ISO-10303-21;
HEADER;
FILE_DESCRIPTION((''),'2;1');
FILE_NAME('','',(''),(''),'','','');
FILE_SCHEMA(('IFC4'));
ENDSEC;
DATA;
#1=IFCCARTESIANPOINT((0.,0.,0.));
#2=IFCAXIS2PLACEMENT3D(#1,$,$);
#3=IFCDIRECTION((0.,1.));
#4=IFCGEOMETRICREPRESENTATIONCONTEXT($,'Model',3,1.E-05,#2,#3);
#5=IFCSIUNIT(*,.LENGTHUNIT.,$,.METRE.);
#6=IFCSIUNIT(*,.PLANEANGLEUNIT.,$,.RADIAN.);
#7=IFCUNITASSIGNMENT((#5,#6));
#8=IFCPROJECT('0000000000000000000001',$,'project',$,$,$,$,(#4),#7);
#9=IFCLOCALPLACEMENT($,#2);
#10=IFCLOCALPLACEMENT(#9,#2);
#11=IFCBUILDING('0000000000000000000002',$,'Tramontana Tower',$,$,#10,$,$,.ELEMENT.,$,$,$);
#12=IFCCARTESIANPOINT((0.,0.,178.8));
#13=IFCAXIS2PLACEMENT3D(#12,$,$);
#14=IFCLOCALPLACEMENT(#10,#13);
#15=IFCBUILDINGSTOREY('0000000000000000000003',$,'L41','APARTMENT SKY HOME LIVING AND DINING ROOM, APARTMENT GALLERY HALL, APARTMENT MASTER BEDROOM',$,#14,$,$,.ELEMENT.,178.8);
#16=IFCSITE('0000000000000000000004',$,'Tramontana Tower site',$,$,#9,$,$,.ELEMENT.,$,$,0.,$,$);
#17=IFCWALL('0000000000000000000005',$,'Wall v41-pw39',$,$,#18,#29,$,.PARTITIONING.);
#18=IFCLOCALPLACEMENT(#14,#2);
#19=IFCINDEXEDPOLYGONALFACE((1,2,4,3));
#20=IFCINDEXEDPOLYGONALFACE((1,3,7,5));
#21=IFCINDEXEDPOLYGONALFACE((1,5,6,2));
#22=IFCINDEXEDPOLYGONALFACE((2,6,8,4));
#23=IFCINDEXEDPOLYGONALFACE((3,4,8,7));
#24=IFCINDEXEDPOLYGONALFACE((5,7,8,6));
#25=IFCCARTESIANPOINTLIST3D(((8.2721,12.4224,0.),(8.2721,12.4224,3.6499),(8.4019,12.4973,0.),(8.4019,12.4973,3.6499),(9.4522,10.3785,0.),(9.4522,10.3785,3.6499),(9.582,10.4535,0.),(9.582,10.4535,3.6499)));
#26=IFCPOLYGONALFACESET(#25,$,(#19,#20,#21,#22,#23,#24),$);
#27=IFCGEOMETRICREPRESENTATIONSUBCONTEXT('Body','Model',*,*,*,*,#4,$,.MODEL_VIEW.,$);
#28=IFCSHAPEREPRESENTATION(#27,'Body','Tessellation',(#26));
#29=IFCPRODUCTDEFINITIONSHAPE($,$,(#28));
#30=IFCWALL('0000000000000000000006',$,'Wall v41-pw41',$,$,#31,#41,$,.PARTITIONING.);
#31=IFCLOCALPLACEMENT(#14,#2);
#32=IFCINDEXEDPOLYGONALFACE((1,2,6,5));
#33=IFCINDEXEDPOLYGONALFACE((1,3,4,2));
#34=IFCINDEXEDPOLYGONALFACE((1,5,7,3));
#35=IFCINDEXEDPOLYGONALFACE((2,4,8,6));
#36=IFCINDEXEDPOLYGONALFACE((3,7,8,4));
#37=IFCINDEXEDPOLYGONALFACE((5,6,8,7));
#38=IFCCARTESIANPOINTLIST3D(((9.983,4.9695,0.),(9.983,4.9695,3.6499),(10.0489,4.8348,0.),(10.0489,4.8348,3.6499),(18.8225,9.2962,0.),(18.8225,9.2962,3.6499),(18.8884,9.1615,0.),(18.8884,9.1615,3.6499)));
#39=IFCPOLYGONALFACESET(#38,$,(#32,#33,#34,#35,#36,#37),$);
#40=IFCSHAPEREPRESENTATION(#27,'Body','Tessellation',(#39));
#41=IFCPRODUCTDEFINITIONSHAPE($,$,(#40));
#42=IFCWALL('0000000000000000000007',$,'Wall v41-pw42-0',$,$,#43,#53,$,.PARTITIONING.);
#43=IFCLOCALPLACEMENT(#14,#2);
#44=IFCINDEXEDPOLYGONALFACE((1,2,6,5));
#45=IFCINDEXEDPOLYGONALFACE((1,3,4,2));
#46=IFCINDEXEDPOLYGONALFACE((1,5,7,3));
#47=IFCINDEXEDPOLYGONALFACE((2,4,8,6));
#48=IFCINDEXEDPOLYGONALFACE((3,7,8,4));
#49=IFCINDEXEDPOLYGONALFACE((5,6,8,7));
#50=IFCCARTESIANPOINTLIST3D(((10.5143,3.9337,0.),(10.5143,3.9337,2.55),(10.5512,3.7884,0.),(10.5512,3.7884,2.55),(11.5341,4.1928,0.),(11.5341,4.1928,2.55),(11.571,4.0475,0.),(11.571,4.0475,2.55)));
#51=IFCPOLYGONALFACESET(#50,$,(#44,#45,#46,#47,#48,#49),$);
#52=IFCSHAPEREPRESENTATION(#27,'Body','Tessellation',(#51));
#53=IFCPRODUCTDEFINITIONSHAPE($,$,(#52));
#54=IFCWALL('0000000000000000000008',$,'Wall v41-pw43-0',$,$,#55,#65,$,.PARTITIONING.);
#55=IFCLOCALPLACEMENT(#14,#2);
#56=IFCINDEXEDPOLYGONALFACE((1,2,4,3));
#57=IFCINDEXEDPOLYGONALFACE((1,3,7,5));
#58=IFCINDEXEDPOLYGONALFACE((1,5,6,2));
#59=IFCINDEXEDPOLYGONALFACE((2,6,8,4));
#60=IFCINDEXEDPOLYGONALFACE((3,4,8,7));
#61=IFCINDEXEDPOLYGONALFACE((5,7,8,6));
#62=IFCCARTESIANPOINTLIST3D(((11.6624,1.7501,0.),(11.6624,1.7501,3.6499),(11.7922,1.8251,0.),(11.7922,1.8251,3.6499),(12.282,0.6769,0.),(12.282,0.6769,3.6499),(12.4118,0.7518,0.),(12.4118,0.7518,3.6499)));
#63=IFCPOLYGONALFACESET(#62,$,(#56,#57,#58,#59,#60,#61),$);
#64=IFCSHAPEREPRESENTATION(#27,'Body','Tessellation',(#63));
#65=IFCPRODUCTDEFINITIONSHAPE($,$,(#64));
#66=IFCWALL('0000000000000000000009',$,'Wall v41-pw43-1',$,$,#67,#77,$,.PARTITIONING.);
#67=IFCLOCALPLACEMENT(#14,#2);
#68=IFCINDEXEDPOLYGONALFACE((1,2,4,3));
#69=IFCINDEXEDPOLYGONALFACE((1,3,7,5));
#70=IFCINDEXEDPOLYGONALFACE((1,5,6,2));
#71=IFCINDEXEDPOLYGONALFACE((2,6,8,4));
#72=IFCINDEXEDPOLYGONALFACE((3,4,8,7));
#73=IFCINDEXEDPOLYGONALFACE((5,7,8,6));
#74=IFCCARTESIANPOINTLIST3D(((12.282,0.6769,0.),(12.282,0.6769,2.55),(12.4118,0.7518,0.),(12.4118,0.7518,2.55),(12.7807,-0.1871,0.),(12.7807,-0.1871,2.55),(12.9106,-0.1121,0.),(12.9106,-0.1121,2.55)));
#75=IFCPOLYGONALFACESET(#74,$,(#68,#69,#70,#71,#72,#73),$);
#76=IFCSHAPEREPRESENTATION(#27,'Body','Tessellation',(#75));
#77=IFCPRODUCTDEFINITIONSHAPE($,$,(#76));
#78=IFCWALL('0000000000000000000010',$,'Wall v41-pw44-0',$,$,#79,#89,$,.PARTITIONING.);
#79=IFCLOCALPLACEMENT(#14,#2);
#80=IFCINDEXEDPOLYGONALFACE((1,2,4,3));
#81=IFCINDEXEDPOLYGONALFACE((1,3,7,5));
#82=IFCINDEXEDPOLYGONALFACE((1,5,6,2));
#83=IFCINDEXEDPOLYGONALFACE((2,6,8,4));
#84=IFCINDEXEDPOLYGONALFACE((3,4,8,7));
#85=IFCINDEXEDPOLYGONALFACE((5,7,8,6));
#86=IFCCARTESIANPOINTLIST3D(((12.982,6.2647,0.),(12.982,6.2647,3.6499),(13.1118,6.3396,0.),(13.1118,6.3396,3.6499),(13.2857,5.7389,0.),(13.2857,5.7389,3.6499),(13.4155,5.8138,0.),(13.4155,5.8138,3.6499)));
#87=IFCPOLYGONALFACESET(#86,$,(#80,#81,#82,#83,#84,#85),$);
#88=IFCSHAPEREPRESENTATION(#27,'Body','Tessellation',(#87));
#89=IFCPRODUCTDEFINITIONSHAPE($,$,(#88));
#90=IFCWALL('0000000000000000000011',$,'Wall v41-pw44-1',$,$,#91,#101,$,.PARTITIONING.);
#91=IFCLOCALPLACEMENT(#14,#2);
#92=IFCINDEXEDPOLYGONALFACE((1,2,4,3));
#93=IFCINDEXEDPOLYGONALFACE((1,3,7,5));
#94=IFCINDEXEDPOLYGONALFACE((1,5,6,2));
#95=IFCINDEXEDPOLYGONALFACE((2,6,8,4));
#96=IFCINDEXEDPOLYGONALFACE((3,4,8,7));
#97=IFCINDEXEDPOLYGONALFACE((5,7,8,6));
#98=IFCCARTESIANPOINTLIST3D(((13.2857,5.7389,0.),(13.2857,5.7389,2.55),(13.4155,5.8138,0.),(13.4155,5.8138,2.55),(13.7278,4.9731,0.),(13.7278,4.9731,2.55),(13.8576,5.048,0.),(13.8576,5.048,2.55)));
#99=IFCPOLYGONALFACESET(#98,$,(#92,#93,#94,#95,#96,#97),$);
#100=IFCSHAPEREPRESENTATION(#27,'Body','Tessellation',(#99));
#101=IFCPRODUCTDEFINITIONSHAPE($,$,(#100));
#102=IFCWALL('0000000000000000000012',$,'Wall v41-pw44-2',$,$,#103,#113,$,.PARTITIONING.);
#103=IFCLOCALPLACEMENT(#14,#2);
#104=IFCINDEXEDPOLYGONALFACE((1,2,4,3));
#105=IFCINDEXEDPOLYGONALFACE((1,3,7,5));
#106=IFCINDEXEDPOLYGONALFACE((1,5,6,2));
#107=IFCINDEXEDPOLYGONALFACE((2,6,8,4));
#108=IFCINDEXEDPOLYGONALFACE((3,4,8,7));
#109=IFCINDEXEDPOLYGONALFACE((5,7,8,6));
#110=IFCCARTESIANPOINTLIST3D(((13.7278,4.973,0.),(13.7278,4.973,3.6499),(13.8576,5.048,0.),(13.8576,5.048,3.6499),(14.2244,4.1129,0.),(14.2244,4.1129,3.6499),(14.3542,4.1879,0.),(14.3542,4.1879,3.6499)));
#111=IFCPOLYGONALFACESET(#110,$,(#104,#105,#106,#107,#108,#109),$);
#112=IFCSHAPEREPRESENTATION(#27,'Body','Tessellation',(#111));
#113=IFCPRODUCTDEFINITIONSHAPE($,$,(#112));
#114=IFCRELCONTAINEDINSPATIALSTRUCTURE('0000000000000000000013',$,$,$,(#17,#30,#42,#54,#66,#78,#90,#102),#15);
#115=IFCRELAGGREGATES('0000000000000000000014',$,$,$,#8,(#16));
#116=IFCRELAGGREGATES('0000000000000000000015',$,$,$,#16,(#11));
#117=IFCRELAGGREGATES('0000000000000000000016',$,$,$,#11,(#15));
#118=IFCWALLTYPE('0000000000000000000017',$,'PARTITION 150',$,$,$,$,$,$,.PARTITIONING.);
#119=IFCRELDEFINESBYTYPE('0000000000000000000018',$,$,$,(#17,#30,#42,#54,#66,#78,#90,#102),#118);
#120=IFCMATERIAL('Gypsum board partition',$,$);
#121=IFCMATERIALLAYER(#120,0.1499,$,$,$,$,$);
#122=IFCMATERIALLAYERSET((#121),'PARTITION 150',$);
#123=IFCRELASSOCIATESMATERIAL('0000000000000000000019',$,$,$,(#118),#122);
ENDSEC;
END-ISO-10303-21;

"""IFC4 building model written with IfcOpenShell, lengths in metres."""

from ifc_helpers import new_model, si_unit, direction, frame, frame_2d, origin, place, context, subcontext, project, spatial, rectangle, extrude, material, layer, layer_set, type_object, element, save


model = new_model("IFC4")

# Units and contexts
model_context = context("Model", 3, precision=1e-05, world=origin(), true_north=direction((0.0, 1.0)))
body_context = subcontext(model_context, "Body", "Model", "MODEL_VIEW")
ifc_project = project(units=[si_unit("LENGTHUNIT", "METRE"), si_unit("PLANEANGLEUNIT", "RADIAN")], contexts=[model_context])

# Site, building, storey
site_placement = place(None, origin())
site = spatial("IfcSite", under=ifc_project, at=site_placement, Name="Tramontana Tower site", CompositionType="ELEMENT", RefElevation=0.0)
building_placement = place(site_placement, origin())
building = spatial("IfcBuilding", under=site, at=building_placement, Name="Tramontana Tower", CompositionType="ELEMENT")
storey_placement = place(building_placement, frame((0.0, 0.0, 178.8)))
storey = spatial("IfcBuildingStorey", under=building, at=storey_placement, Name="L41", Description="APARTMENT SKY HOME LIVING AND DINING ROOM, APARTMENT GALLERY HALL, APARTMENT MASTER BEDROOM", CompositionType="ELEMENT", Elevation=178.8)

# Walls
ifc_material_1 = material(Name="Gypsum board partition")
ifc_layer_1 = layer(ifc_material_1, 0.1499)
ifc_layer_set_1 = layer_set([ifc_layer_1], Name="PARTITION 150")
wall_type_1 = type_object("IfcWallType", Name="PARTITION 150", PredefinedType="PARTITIONING", material=ifc_layer_set_1)
wall_1_placement = place(storey_placement, frame((8.3369, 12.46, 0.0), z_axis=(0.0, 0.0, 1.0), x_axis=(0.500033, -0.866006, 0.0)))
element("IfcWall", 1, at=wall_1_placement, inside=storey, type_object=wall_type_1, Name="Wall v41-pw39", PredefinedType="PARTITIONING", context=body_context, shape_type="SweptSolid", body=[
    extrude(rectangle(XDim=2.3601, YDim=0.1499, at=frame_2d((1.1802, 0.0))), origin(), (0.0, 0.0, 1.0), 3.6499),
])
wall_2_placement = place(storey_placement, frame((10.0159, 4.9021, 0.0), z_axis=(0.0, 0.0, 1.0), x_axis=(0.898176, 0.439636, 0.0)))
element("IfcWall", 2, at=wall_2_placement, inside=storey, type_object=wall_type_1, Name="Wall v41-pw41", PredefinedType="PARTITIONING", context=body_context, shape_type="SweptSolid", body=[
    extrude(rectangle(XDim=9.8416, YDim=0.1499, at=frame_2d((4.9209, 0.0))), origin(), (0.0, 0.0, 1.0), 3.6499),
])
wall_3_placement = place(storey_placement, frame((10.5327, 3.8611, 0.0), z_axis=(0.0, 0.0, 1.0), x_axis=(0.969221, 0.246192, 0.0)))
element("IfcWall", 3, at=wall_3_placement, inside=storey, type_object=wall_type_1, Name="Wall v41-pw42-0", PredefinedType="PARTITIONING", context=body_context, shape_type="SweptSolid", body=[
    extrude(rectangle(XDim=1.0522, YDim=0.1499, at=frame_2d((0.5261, 0.0))), origin(), (0.0, 0.0, 1.0), 2.55),
])

# Walls
wall_4_placement = place(storey_placement, frame((11.7273, 1.7876, 0.0), z_axis=(0.0, 0.0, 1.0), x_axis=(0.499995, -0.866028, 0.0)))
element("IfcWall", 4, at=wall_4_placement, inside=storey, type_object=wall_type_1, Name="Wall v41-pw43-0", PredefinedType="PARTITIONING", context=body_context, shape_type="SweptSolid", body=[
    extrude(rectangle(XDim=1.2393, YDim=0.1499, at=frame_2d((0.6196, 0.0))), origin(), (0.0, 0.0, 1.0), 3.6499),
])
wall_5_placement = place(storey_placement, frame((12.3469, 0.7144, 0.0), z_axis=(0.0, 0.0, 1.0), x_axis=(0.499955, -0.866051, 0.0)))
element("IfcWall", 5, at=wall_5_placement, inside=storey, type_object=wall_type_1, Name="Wall v41-pw43-1", PredefinedType="PARTITIONING", context=body_context, shape_type="SweptSolid", body=[
    extrude(rectangle(XDim=0.9976, YDim=0.1499, at=frame_2d((0.4988, 0.0))), origin(), (0.0, 0.0, 1.0), 2.55),
])
wall_6_placement = place(storey_placement, frame((13.0469, 6.3022, 0.0), z_axis=(0.0, 0.0, 1.0), x_axis=(0.500117, -0.865958, 0.0)))
element("IfcWall", 6, at=wall_6_placement, inside=storey, type_object=wall_type_1, Name="Wall v41-pw44-0", PredefinedType="PARTITIONING", context=body_context, shape_type="SweptSolid", body=[
    extrude(rectangle(XDim=0.6072, YDim=0.1499, at=frame_2d((0.3037, 0.0))), origin(), (0.0, 0.0, 1.0), 3.6499),
])
wall_7_placement = place(storey_placement, frame((13.3506, 5.7764, 0.0), z_axis=(0.0, 0.0, 1.0), x_axis=(0.499969, -0.866043, 0.0)))
element("IfcWall", 7, at=wall_7_placement, inside=storey, type_object=wall_type_1, Name="Wall v41-pw44-1", PredefinedType="PARTITIONING", context=body_context, shape_type="SweptSolid", body=[
    extrude(rectangle(XDim=0.8843, YDim=0.1499, at=frame_2d((0.4421, 0.0))), origin(), (0.0, 0.0, 1.0), 2.55),
])
wall_8_placement = place(storey_placement, frame((13.7927, 5.0105, 0.0), z_axis=(0.0, 0.0, 1.0), x_axis=(0.499999, -0.866026, 0.0)))
element("IfcWall", 8, at=wall_8_placement, inside=storey, type_object=wall_type_1, Name="Wall v41-pw44-2", PredefinedType="PARTITIONING", context=body_context, shape_type="SweptSolid", body=[
    extrude(rectangle(XDim=0.9932, YDim=0.1499, at=frame_2d((0.4966, 0.0))), origin(), (0.0, 0.0, 1.0), 3.6499),
])

save(model, "model.ifc")
